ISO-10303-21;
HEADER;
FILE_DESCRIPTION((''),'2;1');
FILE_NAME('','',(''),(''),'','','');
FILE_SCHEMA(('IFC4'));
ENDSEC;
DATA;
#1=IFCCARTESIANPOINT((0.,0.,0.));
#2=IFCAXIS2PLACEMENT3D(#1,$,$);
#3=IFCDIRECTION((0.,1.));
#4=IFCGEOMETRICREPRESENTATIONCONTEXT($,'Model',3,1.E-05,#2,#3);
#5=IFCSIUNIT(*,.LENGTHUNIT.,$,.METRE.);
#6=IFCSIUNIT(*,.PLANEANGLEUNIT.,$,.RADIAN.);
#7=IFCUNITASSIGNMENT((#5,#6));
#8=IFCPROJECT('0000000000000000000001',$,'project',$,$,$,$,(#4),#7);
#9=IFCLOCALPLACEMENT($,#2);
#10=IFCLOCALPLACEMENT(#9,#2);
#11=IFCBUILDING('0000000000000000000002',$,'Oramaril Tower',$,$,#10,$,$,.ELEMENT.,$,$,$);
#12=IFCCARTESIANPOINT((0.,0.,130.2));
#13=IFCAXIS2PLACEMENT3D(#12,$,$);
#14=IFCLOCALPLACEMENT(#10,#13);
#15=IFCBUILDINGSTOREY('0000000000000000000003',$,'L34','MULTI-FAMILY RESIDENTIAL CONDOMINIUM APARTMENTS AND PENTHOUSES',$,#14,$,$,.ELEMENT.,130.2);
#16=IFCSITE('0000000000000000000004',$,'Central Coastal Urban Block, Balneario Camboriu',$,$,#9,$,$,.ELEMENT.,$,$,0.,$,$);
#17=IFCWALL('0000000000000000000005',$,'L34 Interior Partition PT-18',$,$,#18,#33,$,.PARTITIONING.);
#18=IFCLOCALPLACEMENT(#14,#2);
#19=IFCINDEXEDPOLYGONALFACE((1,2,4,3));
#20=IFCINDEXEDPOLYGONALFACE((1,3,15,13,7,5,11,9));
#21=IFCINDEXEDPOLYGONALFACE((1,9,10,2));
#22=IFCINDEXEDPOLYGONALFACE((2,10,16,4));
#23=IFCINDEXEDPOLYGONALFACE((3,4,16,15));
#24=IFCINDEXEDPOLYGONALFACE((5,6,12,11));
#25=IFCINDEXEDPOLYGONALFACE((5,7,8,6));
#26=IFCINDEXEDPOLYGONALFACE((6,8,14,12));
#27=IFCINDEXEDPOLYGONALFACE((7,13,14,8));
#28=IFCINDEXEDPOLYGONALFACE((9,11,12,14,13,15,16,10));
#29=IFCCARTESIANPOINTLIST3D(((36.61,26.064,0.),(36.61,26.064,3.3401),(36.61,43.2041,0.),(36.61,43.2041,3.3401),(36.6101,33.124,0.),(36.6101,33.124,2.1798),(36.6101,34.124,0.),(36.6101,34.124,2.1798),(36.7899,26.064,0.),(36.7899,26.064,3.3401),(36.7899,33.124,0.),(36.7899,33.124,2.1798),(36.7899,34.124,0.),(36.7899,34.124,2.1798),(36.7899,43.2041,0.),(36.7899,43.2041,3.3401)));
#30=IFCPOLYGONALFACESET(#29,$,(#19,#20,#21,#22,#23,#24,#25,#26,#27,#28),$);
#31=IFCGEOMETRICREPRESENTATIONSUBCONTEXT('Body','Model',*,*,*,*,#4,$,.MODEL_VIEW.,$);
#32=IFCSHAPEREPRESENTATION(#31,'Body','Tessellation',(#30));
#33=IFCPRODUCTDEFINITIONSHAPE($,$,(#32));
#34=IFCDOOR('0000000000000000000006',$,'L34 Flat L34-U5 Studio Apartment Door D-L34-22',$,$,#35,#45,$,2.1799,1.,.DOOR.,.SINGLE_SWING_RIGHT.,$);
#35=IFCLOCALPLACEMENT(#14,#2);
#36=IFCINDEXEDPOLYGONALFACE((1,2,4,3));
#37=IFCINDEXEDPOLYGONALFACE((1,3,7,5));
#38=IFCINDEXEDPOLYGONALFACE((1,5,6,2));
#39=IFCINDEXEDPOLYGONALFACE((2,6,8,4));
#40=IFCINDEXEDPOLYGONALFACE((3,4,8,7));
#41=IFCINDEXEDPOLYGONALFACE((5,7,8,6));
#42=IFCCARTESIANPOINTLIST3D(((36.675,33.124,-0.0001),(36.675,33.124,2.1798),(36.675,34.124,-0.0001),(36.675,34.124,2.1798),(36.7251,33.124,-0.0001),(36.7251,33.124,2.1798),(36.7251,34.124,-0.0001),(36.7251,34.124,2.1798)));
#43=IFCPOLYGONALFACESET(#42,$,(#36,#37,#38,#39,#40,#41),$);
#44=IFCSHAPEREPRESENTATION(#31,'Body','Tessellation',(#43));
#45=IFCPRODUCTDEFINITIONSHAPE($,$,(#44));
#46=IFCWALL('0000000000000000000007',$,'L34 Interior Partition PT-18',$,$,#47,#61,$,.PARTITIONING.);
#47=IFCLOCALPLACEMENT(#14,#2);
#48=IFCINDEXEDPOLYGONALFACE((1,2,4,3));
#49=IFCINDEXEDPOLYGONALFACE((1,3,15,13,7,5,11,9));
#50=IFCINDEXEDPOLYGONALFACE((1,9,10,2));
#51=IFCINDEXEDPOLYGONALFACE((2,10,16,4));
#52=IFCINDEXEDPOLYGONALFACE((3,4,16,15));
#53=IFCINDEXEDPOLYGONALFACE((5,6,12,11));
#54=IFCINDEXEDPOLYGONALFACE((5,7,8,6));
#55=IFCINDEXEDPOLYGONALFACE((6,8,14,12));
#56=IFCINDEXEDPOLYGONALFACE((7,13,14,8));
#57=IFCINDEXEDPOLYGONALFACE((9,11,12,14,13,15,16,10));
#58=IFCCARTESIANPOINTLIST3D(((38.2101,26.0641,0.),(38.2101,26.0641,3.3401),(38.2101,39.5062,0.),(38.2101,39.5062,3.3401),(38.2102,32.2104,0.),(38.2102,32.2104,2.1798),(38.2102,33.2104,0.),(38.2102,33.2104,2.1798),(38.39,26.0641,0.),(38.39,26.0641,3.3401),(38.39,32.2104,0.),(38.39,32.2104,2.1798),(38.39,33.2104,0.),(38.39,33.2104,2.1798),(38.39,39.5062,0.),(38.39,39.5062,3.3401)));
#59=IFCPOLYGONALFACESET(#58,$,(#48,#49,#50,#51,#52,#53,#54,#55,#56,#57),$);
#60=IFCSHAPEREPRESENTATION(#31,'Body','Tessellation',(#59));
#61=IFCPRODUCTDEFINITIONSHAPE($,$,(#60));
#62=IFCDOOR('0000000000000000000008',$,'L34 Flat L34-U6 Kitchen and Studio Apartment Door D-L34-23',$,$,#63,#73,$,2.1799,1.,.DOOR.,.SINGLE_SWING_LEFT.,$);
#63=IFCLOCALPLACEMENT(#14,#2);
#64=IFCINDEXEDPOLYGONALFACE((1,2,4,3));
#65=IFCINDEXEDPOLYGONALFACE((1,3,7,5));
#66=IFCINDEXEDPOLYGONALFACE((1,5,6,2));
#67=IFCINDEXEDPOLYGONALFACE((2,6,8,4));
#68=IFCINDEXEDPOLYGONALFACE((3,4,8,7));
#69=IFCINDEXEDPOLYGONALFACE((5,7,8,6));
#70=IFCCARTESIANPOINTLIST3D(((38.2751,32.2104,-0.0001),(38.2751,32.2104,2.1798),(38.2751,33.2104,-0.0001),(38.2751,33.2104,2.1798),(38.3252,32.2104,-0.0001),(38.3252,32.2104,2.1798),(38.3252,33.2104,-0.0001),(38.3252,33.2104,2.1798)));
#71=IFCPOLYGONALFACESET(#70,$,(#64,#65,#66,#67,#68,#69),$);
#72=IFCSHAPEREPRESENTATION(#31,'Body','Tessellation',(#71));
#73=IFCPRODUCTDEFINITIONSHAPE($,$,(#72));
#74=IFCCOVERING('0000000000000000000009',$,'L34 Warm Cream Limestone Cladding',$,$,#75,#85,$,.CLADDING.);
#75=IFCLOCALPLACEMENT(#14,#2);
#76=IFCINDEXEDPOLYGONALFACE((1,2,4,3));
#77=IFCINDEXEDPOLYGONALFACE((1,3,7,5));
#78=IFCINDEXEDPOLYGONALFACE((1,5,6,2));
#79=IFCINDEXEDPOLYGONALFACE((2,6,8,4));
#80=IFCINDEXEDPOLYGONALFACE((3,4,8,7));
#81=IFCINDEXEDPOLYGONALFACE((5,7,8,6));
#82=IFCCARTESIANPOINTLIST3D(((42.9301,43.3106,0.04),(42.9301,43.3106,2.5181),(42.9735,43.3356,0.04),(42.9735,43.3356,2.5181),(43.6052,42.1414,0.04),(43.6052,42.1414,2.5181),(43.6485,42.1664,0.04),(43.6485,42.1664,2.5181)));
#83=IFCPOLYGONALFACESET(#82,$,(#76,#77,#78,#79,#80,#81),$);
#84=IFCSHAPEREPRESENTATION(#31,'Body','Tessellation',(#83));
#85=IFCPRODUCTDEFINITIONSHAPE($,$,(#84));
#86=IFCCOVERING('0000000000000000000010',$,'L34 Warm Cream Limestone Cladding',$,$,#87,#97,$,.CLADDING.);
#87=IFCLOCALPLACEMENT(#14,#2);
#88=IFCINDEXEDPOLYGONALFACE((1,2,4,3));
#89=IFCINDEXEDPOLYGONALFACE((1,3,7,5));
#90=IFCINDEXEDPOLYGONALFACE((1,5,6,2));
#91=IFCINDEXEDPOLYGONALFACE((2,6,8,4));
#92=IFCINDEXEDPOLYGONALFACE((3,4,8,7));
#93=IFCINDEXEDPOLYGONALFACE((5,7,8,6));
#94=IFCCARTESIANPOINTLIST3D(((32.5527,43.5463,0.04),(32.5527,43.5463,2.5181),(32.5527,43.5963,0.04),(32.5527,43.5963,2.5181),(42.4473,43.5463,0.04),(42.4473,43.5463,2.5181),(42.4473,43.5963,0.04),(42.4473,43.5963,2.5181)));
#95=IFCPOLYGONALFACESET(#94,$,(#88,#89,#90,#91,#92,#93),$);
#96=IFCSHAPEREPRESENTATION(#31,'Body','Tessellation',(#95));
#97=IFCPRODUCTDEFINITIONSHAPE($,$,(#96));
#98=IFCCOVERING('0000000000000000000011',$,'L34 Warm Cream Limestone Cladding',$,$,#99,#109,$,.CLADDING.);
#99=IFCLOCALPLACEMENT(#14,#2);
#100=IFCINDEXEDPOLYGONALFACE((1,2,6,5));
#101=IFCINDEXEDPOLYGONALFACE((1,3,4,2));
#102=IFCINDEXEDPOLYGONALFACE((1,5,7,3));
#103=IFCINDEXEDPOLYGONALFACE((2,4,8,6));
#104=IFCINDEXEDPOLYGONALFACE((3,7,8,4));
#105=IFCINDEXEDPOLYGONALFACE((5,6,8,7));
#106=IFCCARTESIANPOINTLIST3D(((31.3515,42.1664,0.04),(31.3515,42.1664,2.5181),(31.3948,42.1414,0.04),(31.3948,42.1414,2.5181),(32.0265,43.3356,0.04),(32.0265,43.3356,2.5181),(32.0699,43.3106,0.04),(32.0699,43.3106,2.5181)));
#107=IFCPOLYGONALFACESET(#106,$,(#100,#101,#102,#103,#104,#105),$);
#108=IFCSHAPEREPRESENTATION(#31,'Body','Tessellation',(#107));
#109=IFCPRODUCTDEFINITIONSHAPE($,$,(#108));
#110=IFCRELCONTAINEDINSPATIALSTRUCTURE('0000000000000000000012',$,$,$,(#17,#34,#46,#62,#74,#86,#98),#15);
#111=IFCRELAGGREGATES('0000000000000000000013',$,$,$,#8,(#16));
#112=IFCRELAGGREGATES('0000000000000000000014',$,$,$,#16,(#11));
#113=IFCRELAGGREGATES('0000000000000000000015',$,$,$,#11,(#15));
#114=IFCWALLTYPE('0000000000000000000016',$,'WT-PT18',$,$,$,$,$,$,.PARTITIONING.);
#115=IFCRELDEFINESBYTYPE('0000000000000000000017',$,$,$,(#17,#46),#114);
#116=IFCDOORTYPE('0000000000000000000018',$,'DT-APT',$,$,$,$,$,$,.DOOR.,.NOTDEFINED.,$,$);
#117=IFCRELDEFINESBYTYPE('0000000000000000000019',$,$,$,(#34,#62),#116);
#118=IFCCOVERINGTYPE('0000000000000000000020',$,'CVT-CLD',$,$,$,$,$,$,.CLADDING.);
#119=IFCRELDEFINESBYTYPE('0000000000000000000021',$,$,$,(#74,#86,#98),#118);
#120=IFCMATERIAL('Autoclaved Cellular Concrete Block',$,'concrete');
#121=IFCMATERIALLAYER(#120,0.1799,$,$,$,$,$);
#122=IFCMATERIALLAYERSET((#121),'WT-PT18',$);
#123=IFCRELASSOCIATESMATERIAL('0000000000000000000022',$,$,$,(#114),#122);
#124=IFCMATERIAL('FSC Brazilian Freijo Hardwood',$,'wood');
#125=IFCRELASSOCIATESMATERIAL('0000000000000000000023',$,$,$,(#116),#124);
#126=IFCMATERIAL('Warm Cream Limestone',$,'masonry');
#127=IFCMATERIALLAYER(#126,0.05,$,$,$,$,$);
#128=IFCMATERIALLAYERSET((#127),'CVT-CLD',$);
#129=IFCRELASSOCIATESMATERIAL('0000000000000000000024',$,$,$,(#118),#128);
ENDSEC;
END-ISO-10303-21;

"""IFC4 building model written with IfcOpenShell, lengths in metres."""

from ifc_helpers import new_model, si_unit, direction, frame, frame_2d, origin, origin_2d, place, context, subcontext, project, spatial, rectangle, extrude, material, layer, layer_set, type_object, element, fill, save


model = new_model("IFC4")

# Units and contexts
model_context = context("Model", 3, precision=1e-05, world=origin(), true_north=direction((0.0, 1.0)))
body_context = subcontext(model_context, "Body", "Model", "MODEL_VIEW")
ifc_project = project(units=[si_unit("LENGTHUNIT", "METRE"), si_unit("PLANEANGLEUNIT", "RADIAN")], contexts=[model_context])

# Site, building, storey
site_placement = place(None, origin())
site = spatial("IfcSite", under=ifc_project, at=site_placement, Name="Central Coastal Urban Block, Balneario Camboriu", CompositionType="ELEMENT", RefElevation=0.0)
building_placement = place(site_placement, origin())
building = spatial("IfcBuilding", under=site, at=building_placement, Name="Oramaril Tower", CompositionType="ELEMENT")
storey_placement = place(building_placement, frame((0.0, 0.0, 130.2)))
storey = spatial("IfcBuildingStorey", under=building, at=storey_placement, Name="L34", Description="MULTI-FAMILY RESIDENTIAL CONDOMINIUM APARTMENTS AND PENTHOUSES", CompositionType="ELEMENT", Elevation=130.2)

# Shared definitions
ifc_material_1 = material(Name="Autoclaved Cellular Concrete Block", Category="concrete")
ifc_layer_1 = layer(ifc_material_1, 0.1799)
ifc_layer_set_1 = layer_set([ifc_layer_1], Name="WT-PT18")
wall_type_1 = type_object("IfcWallType", Name="WT-PT18", PredefinedType="PARTITIONING", material=ifc_layer_set_1)

# Walls, openings, doors
wall_1_placement = place(storey_placement, frame((36.7, 26.064, 0.0), z_axis=(0.0, 0.0, 1.0), x_axis=(0.0, 1.0, 0.0)))
wall_1 = element("IfcWall", 1, at=wall_1_placement, inside=storey, type_object=wall_type_1, Name="L34 Interior Partition PT-18", PredefinedType="PARTITIONING", context=body_context, shape_type="SweptSolid", body=[
    extrude(rectangle(XDim=17.1401, YDim=0.1799, at=frame_2d((8.5701, 0.0))), origin(), (0.0, 0.0, 1.0), 3.3401),
])
opening_1_placement = place(wall_1_placement, frame((7.0601, 0.0, 0.0)))
opening_1 = element("IfcOpeningElement", 2, at=opening_1_placement, cuts=wall_1, PredefinedType="OPENING", context=body_context, shape_type="SweptSolid", body=[
    extrude(rectangle(XDim=1.0, YDim=2.1799, at=frame_2d((0.5, 1.0898))), frame((0.0, 0.0898, 0.0), z_axis=(0.0, -1.0, 0.0), x_axis=(1.0, 0.0, 0.0)), (0.0, 0.0, 1.0), 0.1799),
])
ifc_material_2 = material(Name="FSC Brazilian Freijo Hardwood", Category="wood")
door_type_1 = type_object("IfcDoorType", Name="DT-APT", OperationType="NOTDEFINED", PredefinedType="DOOR", material=ifc_material_2)
door_1_placement = place(opening_1_placement, origin())
door_1 = element("IfcDoor", 3, at=door_1_placement, inside=storey, type_object=door_type_1, Name="L34 Flat L34-U5 Studio Apartment Door D-L34-22", OperationType="SINGLE_SWING_RIGHT", OverallHeight=2.1799, OverallWidth=1.0, PredefinedType="DOOR", context=body_context, shape_type="SweptSolid", body=[
    extrude(rectangle(XDim=1.0, YDim=2.1799, at=frame_2d((0.5, 1.0898))), frame((0.0, 0.0249, 0.0), z_axis=(0.0, -1.0, 0.0), x_axis=(1.0, 0.0, 0.0)), (0.0, 0.0, 1.0), 0.05),
])
fill(opening_1, door_1)
wall_2_placement = place(storey_placement, frame((38.3, 26.064, 0.0), z_axis=(0.0, 0.0, 1.0), x_axis=(0.0, 1.0, 0.0)))
wall_2 = element("IfcWall", 4, at=wall_2_placement, inside=storey, type_object=wall_type_1, Name="L34 Interior Partition PT-18", PredefinedType="PARTITIONING", context=body_context, shape_type="SweptSolid", body=[
    extrude(rectangle(XDim=13.4421, YDim=0.1799, at=frame_2d((6.7212, 0.0))), origin(), (0.0, 0.0, 1.0), 3.3401),
])
opening_2_placement = place(wall_2_placement, frame((6.1465, 0.0, 0.0)))
opening_2 = element("IfcOpeningElement", 5, at=opening_2_placement, cuts=wall_2, PredefinedType="OPENING", context=body_context, shape_type="SweptSolid", body=[
    extrude(rectangle(XDim=1.0, YDim=2.1799, at=frame_2d((0.5, 1.0898))), frame((0.0, 0.0898, 0.0), z_axis=(0.0, -1.0, 0.0), x_axis=(1.0, 0.0, 0.0)), (0.0, 0.0, 1.0), 0.1799),
])
door_2_placement = place(opening_2_placement, origin())
door_2 = element("IfcDoor", 6, at=door_2_placement, inside=storey, type_object=door_type_1, Name="L34 Flat L34-U6 Kitchen and Studio Apartment Door D-L34-23", OperationType="SINGLE_SWING_LEFT", OverallHeight=2.1799, OverallWidth=1.0, PredefinedType="DOOR", context=body_context, shape_type="SweptSolid", body=[
    extrude(rectangle(XDim=1.0, YDim=2.1799, at=frame_2d((0.5, 1.0898))), frame((0.0, 0.0249, 0.0), z_axis=(0.0, -1.0, 0.0), x_axis=(1.0, 0.0, 0.0)), (0.0, 0.0, 1.0), 0.05),
])
fill(opening_2, door_2)

# Coverings
ifc_material_3 = material(Name="Warm Cream Limestone", Category="masonry")
ifc_layer_2 = layer(ifc_material_3, 0.05)
ifc_layer_set_2 = layer_set([ifc_layer_2], Name="CVT-CLD")
covering_type = type_object("IfcCoveringType", Name="CVT-CLD", PredefinedType="CLADDING", material=ifc_layer_set_2)
covering_1_placement = place(storey_placement, frame((43.2893, 42.7385, 0.04), z_axis=(0.0, 0.0, 1.0), x_axis=(-0.499998, 0.866026, 0.0)))
element("IfcCovering", 7, at=covering_1_placement, inside=storey, type_object=covering_type, Name="L34 Warm Cream Limestone Cladding", PredefinedType="CLADDING", context=body_context, shape_type="SweptSolid", body=[
    extrude(rectangle(XDim=1.3501, YDim=0.05, at=origin_2d()), origin(), (0.0, 0.0, 1.0), 2.478),
])
covering_2_placement = place(storey_placement, frame((37.5, 43.5713, 0.04), z_axis=(0.0, 0.0, 1.0), x_axis=(-1.0, 0.0, 0.0)))
element("IfcCovering", 8, at=covering_2_placement, inside=storey, type_object=covering_type, Name="L34 Warm Cream Limestone Cladding", PredefinedType="CLADDING", context=body_context, shape_type="SweptSolid", body=[
    extrude(rectangle(XDim=9.8945, YDim=0.05, at=origin_2d()), origin(), (0.0, 0.0, 1.0), 2.478),
])
covering_3_placement = place(storey_placement, frame((31.7107, 42.7385, 0.04), z_axis=(0.0, 0.0, 1.0), x_axis=(-0.499998, -0.866026, 0.0)))
element("IfcCovering", 9, at=covering_3_placement, inside=storey, type_object=covering_type, Name="L34 Warm Cream Limestone Cladding", PredefinedType="CLADDING", context=body_context, shape_type="SweptSolid", body=[
    extrude(rectangle(XDim=1.3501, YDim=0.05, at=origin_2d()), origin(), (0.0, 0.0, 1.0), 2.478),
])

save(model, "model.ifc")
